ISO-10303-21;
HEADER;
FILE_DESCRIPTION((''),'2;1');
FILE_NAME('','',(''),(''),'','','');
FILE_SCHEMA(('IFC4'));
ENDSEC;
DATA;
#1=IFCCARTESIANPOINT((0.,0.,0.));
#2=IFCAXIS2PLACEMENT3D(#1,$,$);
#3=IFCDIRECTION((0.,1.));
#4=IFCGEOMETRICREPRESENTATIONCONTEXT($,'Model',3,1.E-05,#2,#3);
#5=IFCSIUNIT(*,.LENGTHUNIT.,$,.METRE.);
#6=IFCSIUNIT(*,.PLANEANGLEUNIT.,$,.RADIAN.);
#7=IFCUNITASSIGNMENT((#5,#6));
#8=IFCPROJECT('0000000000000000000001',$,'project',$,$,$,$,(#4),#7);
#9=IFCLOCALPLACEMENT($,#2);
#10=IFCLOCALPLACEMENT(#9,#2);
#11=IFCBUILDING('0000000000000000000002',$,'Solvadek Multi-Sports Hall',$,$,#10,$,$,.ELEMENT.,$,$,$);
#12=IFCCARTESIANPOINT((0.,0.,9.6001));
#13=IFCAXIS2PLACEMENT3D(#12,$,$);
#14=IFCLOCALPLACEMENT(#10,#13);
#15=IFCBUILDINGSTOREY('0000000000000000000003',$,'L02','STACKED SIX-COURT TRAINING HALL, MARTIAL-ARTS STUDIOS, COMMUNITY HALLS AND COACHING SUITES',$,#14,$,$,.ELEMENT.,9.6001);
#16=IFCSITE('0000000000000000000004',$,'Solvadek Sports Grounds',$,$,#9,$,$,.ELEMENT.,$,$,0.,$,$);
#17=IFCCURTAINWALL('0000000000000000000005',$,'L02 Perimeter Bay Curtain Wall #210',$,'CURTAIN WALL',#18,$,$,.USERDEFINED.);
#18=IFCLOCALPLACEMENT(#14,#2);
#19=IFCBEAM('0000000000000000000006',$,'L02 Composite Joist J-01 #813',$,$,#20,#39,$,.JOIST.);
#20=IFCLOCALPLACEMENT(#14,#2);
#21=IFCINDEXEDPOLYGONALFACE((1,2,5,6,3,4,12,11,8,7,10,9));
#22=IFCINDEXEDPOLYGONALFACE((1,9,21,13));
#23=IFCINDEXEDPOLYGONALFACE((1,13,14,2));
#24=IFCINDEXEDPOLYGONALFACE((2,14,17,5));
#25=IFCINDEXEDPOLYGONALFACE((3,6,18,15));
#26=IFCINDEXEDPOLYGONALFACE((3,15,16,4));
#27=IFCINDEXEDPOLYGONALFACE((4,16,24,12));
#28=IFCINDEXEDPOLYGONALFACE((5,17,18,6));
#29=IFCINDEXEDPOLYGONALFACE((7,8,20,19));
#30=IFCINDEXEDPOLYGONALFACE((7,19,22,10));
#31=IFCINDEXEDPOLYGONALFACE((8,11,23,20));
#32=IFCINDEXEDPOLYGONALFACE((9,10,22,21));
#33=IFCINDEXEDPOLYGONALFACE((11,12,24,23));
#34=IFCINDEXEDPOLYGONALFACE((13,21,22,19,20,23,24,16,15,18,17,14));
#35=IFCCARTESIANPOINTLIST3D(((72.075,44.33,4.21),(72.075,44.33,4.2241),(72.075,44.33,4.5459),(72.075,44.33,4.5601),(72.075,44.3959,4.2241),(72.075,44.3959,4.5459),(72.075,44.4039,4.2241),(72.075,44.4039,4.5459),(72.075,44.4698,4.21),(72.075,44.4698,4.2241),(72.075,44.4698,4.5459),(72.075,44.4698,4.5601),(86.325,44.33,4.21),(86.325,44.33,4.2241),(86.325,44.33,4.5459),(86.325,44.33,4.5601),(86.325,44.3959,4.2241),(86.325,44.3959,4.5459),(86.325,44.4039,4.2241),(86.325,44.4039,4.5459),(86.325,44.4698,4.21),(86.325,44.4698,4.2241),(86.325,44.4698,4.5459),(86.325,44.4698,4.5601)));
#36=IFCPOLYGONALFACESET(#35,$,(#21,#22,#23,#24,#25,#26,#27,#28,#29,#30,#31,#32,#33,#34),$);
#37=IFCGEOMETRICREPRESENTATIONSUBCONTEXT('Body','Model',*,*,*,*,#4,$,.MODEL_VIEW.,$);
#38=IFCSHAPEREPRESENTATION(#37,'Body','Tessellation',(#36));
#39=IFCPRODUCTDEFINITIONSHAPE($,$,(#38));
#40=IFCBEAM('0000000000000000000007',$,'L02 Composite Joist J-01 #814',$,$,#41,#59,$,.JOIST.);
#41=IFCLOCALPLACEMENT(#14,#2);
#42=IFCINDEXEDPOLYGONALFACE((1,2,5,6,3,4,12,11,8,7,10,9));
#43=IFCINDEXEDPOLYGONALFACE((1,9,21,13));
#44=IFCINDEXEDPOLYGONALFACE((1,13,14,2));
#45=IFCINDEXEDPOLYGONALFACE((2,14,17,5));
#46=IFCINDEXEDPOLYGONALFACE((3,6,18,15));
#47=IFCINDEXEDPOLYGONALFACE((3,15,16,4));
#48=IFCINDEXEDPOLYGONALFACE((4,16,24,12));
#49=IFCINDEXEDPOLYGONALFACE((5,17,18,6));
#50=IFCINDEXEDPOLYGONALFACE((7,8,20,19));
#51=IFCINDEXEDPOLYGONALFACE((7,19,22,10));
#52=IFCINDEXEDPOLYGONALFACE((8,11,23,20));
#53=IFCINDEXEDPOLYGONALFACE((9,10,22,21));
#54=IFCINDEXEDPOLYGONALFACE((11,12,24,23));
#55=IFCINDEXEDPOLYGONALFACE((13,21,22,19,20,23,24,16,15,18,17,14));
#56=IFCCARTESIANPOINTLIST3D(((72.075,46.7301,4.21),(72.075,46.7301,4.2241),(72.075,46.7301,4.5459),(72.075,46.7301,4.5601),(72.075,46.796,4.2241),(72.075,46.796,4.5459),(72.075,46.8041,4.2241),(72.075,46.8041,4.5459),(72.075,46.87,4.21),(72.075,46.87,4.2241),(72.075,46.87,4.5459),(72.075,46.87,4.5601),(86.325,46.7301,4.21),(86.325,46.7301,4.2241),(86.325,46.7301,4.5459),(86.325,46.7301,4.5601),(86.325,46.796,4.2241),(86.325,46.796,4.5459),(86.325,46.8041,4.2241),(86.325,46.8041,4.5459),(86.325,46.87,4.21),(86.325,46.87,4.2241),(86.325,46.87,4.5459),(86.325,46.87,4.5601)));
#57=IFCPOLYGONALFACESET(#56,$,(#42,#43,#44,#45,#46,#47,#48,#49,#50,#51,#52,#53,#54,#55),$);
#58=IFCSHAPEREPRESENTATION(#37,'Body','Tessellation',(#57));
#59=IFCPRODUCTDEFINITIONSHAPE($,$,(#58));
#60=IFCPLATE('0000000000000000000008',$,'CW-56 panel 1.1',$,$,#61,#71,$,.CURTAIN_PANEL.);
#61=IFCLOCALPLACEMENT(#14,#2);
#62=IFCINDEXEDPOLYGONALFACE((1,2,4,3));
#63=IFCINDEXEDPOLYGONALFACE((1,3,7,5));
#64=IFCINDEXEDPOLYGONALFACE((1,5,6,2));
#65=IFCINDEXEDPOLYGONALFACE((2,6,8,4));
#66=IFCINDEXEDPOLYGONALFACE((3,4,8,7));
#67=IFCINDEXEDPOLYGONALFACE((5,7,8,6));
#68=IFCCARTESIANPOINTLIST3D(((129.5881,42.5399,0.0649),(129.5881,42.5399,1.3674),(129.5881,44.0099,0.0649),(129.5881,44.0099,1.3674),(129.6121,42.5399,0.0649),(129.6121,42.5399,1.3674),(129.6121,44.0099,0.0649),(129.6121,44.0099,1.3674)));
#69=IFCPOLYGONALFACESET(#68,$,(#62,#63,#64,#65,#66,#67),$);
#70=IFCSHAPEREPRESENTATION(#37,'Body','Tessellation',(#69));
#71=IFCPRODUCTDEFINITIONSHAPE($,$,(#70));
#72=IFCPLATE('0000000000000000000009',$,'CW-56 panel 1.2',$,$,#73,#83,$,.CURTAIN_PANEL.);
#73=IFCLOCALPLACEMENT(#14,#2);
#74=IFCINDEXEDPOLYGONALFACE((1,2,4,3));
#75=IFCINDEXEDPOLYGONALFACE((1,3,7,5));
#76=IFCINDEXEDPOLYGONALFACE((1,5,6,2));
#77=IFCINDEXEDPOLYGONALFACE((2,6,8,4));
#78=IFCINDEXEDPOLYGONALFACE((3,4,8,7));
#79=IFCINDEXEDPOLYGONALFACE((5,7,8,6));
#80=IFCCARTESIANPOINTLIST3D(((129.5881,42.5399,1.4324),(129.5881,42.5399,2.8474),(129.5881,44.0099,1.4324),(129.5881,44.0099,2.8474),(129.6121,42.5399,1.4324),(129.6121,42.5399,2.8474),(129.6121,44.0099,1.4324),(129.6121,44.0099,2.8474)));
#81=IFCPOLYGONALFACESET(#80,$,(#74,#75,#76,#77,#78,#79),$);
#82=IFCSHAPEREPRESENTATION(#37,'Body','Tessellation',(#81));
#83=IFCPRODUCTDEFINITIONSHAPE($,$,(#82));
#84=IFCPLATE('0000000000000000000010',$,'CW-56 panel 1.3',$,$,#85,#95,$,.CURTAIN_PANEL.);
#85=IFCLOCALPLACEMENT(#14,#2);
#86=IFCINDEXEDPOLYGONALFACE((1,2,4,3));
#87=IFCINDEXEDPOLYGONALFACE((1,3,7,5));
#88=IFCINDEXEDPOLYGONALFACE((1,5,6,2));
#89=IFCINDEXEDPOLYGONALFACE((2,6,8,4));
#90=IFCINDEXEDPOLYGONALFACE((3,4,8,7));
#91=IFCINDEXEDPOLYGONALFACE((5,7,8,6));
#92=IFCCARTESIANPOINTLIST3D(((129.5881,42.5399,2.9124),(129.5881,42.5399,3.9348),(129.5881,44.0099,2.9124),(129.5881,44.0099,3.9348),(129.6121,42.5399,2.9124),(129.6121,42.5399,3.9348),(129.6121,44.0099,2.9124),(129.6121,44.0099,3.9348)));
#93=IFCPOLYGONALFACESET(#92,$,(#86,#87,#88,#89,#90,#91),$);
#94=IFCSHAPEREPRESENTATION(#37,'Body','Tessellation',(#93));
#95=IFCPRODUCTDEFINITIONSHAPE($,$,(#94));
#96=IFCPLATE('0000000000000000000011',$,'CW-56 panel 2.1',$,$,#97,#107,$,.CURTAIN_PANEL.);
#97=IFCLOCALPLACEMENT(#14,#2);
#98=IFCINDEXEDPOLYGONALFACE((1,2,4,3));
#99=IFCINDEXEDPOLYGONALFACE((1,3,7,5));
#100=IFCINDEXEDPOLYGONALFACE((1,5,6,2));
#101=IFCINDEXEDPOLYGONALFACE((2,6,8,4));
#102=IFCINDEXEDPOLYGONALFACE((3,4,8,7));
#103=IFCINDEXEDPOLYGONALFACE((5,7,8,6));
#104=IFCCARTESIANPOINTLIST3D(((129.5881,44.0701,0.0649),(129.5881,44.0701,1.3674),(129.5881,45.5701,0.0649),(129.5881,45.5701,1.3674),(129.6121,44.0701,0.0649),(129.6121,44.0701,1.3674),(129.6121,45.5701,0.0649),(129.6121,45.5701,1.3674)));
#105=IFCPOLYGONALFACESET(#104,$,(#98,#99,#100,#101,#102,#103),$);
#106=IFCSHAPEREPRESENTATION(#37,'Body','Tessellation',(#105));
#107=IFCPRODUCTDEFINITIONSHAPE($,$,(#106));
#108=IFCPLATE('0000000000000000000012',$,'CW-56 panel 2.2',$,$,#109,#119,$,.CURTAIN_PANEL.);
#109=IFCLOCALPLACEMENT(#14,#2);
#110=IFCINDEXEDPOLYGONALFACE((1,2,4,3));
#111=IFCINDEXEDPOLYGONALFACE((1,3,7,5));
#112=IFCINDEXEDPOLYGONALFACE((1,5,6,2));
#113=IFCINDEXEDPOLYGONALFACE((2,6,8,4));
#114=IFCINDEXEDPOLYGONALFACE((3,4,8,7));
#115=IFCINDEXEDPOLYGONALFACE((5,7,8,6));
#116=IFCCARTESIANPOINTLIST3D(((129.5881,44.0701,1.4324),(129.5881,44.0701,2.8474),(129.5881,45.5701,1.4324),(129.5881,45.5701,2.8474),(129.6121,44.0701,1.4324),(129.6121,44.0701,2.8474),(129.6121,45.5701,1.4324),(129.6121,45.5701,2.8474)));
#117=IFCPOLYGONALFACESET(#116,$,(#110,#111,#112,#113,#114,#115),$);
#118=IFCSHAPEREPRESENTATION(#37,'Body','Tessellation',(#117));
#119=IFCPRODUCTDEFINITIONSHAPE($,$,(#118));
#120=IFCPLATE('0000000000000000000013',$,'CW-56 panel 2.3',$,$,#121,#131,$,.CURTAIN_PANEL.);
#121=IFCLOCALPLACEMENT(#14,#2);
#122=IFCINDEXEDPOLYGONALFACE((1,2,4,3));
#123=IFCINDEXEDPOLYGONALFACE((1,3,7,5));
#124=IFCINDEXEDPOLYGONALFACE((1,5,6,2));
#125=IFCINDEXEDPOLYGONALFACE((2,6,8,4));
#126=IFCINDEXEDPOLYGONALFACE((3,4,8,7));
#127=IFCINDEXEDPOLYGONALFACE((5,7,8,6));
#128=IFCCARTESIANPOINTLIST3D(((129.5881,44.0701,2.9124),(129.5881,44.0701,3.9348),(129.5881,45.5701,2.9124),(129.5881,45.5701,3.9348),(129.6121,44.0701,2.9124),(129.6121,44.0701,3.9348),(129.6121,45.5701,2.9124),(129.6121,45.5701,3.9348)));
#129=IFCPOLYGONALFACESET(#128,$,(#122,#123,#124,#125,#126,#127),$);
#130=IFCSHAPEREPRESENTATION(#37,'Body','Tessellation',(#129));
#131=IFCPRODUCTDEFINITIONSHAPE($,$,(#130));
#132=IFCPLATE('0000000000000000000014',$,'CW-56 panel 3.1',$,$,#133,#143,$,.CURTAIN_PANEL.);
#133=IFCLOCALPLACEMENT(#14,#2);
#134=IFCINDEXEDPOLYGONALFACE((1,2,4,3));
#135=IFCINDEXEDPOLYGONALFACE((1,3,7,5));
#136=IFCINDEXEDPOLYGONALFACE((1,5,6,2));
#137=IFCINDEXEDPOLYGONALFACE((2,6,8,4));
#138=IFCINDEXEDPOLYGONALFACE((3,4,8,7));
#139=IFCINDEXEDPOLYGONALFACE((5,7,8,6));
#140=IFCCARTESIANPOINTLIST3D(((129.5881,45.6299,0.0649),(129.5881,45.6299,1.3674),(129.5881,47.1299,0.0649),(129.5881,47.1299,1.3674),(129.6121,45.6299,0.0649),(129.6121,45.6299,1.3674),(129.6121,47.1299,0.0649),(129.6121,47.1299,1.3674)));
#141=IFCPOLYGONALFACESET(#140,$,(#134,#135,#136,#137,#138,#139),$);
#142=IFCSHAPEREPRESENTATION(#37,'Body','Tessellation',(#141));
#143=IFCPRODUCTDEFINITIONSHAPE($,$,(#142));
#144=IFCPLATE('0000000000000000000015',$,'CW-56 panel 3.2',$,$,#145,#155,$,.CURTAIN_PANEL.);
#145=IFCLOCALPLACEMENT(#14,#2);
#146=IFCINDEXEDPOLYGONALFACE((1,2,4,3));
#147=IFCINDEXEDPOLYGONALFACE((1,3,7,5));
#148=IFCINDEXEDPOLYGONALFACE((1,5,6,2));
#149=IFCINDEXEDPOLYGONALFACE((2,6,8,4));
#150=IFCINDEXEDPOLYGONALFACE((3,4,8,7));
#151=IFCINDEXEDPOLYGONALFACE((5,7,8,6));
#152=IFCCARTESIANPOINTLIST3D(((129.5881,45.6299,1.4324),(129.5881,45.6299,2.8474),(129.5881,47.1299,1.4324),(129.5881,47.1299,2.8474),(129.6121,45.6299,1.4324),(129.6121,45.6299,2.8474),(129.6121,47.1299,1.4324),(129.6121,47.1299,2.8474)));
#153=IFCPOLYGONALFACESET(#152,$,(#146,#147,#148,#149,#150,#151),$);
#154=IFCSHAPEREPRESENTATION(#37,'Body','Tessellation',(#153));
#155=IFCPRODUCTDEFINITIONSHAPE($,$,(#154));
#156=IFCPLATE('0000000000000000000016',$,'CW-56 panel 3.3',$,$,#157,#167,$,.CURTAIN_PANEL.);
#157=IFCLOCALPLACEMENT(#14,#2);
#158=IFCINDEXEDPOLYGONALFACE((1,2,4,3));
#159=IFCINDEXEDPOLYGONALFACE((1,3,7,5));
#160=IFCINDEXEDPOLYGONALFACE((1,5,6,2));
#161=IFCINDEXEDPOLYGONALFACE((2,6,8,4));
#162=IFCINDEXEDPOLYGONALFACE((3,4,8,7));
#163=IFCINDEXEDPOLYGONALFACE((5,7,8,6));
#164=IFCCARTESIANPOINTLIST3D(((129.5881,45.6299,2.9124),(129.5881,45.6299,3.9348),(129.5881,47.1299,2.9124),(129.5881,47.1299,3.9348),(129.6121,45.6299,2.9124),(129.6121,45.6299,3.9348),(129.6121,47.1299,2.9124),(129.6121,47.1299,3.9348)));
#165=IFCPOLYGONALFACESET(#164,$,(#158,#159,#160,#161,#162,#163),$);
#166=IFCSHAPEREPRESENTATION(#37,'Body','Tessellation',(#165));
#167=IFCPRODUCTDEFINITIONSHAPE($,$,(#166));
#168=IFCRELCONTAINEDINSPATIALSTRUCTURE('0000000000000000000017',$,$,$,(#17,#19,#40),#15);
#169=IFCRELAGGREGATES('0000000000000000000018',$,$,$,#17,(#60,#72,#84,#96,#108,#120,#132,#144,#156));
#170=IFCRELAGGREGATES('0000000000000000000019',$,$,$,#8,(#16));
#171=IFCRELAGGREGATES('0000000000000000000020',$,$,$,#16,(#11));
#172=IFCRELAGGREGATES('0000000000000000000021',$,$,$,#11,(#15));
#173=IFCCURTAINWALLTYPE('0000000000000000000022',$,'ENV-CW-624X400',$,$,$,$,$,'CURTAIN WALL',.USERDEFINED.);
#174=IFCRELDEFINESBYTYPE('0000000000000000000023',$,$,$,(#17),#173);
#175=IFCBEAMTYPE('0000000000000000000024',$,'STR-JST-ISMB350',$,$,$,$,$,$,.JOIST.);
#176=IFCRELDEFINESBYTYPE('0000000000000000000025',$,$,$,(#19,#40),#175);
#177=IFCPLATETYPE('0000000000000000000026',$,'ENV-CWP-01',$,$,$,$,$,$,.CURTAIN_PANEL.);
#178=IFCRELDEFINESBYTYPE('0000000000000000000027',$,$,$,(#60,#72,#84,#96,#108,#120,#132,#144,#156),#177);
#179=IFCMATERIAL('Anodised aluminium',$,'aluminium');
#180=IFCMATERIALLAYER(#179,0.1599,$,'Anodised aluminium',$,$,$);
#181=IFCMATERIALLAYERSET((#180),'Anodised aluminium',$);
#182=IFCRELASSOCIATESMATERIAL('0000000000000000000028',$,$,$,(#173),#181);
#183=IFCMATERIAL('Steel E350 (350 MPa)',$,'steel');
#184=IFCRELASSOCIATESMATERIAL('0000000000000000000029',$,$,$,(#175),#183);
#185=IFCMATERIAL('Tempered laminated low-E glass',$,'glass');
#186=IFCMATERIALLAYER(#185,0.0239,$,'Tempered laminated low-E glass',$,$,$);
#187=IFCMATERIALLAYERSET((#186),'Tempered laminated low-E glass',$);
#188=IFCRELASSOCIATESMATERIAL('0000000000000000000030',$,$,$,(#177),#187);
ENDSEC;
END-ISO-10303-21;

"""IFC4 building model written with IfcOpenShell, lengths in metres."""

from ifc_helpers import new_model, si_unit, direction, frame, origin, origin_2d, place, context, subcontext, project, spatial, rectangle, i_section, extrude, material, layer, layer_set, material_profile, profile_set, type_object, element, aggregate, save


model = new_model("IFC4")

# Units and contexts
model_context = context("Model", 3, precision=1e-05, world=origin(), true_north=direction((0.0, 1.0)))
body_context = subcontext(model_context, "Body", "Model", "MODEL_VIEW")
ifc_project = project(units=[si_unit("LENGTHUNIT", "METRE"), si_unit("PLANEANGLEUNIT", "RADIAN")], contexts=[model_context])

# Site, building, storey
site_placement = place(None, origin())
site = spatial("IfcSite", under=ifc_project, at=site_placement, Name="Solvadek Sports Grounds", CompositionType="ELEMENT", RefElevation=0.0)
building_placement = place(site_placement, origin())
building = spatial("IfcBuilding", under=site, at=building_placement, Name="Solvadek Multi-Sports Hall", CompositionType="ELEMENT")
storey_placement = place(building_placement, frame((0.0, 0.0, 9.6001)))
storey = spatial("IfcBuildingStorey", under=building, at=storey_placement, Name="L02", Description="STACKED SIX-COURT TRAINING HALL, MARTIAL-ARTS STUDIOS, COMMUNITY HALLS AND COACHING SUITES", CompositionType="ELEMENT", Elevation=9.6001)

# Shared definitions
ifc_material_1 = material(Name="Steel E350 (350 MPa)", Category="steel")

# Curtain wall
ifc_material_2 = material(Name="Anodised aluminium", Category="aluminium")
ifc_layer_1 = layer(ifc_material_2, 0.1599, Name="Anodised aluminium")
ifc_layer_set_1 = layer_set([ifc_layer_1], Name="Anodised aluminium")
curtain_wall_type = type_object("IfcCurtainWallType", Name="ENV-CW-624X400", ElementType="CURTAIN WALL", PredefinedType="USERDEFINED", material=ifc_layer_set_1)
curtain_wall_placement = place(storey_placement, origin())
curtain_wall = element("IfcCurtainWall", 1, at=curtain_wall_placement, inside=storey, type_object=curtain_wall_type, Name="L02 Perimeter Bay Curtain Wall #210", ObjectType="CURTAIN WALL", PredefinedType="USERDEFINED")

# Beams
ifc_material_profile_1 = material_profile(ifc_material_1, i_section(OverallWidth=0.1399, OverallDepth=0.3501, WebThickness=0.0081, FlangeThickness=0.0142, at=origin_2d()), Name="ISMB 350")
ifc_profile_set_1 = profile_set([ifc_material_profile_1], Name="Steel E350 (350 MPa)")
beam_type_1 = type_object("IfcBeamType", Name="STR-JST-ISMB350", PredefinedType="JOIST", material=ifc_profile_set_1)
for number, where, z_axis, x_axis, name in (
    (2, (72.075, 44.3999, 4.385), (1.0, 0.0, 0.0), (0.0, 1.0, 0.0), "L02 Composite Joist J-01 #813"),
    (3, (72.075, 46.8, 4.385), (1.0, 0.0, 0.0), (0.0, 1.0, 0.0), "L02 Composite Joist J-01 #814"),
):
    element("IfcBeam", number, at=place(storey_placement, frame(where, z_axis=z_axis, x_axis=x_axis)), inside=storey, type_object=beam_type_1, Name=name, PredefinedType="JOIST", context=body_context, shape_type="SweptSolid", body=[
        extrude(i_section(OverallWidth=0.1399, OverallDepth=0.3501, WebThickness=0.0081, FlangeThickness=0.0142, at=origin_2d()), origin(), (0.0, 0.0, 1.0), 14.25),
    ])

# Plates
ifc_material_3 = material(Name="Tempered laminated low-E glass", Category="glass")
ifc_layer_2 = layer(ifc_material_3, 0.0239, Name="Tempered laminated low-E glass")
ifc_layer_set_2 = layer_set([ifc_layer_2], Name="Tempered laminated low-E glass")
plate_type = type_object("IfcPlateType", Name="ENV-CWP-01", PredefinedType="CURTAIN_PANEL", material=ifc_layer_set_2)
plate_1_placement = place(storey_placement, frame((129.6001, 43.2749, 0.0649), z_axis=(0.0, 0.0, 1.0), x_axis=(0.0, 1.0, 0.0)))
plate_1 = element("IfcPlate", 4, at=plate_1_placement, type_object=plate_type, Name="CW-56 panel 1.1", PredefinedType="CURTAIN_PANEL", context=body_context, shape_type="SweptSolid", body=[
    extrude(rectangle(XDim=1.47, YDim=0.0239, at=origin_2d()), origin(), (0.0, 0.0, 1.0), 1.3025),
])
plate_2_placement = place(storey_placement, frame((129.6001, 43.2749, 1.4324), z_axis=(0.0, 0.0, 1.0), x_axis=(0.0, 1.0, 0.0)))
plate_2 = element("IfcPlate", 5, at=plate_2_placement, type_object=plate_type, Name="CW-56 panel 1.2", PredefinedType="CURTAIN_PANEL", context=body_context, shape_type="SweptSolid", body=[
    extrude(rectangle(XDim=1.47, YDim=0.0239, at=origin_2d()), origin(), (0.0, 0.0, 1.0), 1.415),
])
plate_3_placement = place(storey_placement, frame((129.6001, 43.2749, 2.9124), z_axis=(0.0, 0.0, 1.0), x_axis=(0.0, 1.0, 0.0)))
plate_3 = element("IfcPlate", 6, at=plate_3_placement, type_object=plate_type, Name="CW-56 panel 1.3", PredefinedType="CURTAIN_PANEL", context=body_context, shape_type="SweptSolid", body=[
    extrude(rectangle(XDim=1.47, YDim=0.0239, at=origin_2d()), origin(), (0.0, 0.0, 1.0), 1.0225),
])
plate_4_placement = place(storey_placement, frame((129.6001, 44.8201, 0.0649), z_axis=(0.0, 0.0, 1.0), x_axis=(0.0, 1.0, 0.0)))
plate_4 = element("IfcPlate", 7, at=plate_4_placement, type_object=plate_type, Name="CW-56 panel 2.1", PredefinedType="CURTAIN_PANEL", context=body_context, shape_type="SweptSolid", body=[
    extrude(rectangle(XDim=1.5, YDim=0.0239, at=origin_2d()), origin(), (0.0, 0.0, 1.0), 1.3025),
])
plate_5_placement = place(storey_placement, frame((129.6001, 44.8201, 1.4324), z_axis=(0.0, 0.0, 1.0), x_axis=(0.0, 1.0, 0.0)))
plate_5 = element("IfcPlate", 8, at=plate_5_placement, type_object=plate_type, Name="CW-56 panel 2.2", PredefinedType="CURTAIN_PANEL", context=body_context, shape_type="SweptSolid", body=[
    extrude(rectangle(XDim=1.5, YDim=0.0239, at=origin_2d()), origin(), (0.0, 0.0, 1.0), 1.415),
])
plate_6_placement = place(storey_placement, frame((129.6001, 44.8201, 2.9124), z_axis=(0.0, 0.0, 1.0), x_axis=(0.0, 1.0, 0.0)))
plate_6 = element("IfcPlate", 9, at=plate_6_placement, type_object=plate_type, Name="CW-56 panel 2.3", PredefinedType="CURTAIN_PANEL", context=body_context, shape_type="SweptSolid", body=[
    extrude(rectangle(XDim=1.5, YDim=0.0239, at=origin_2d()), origin(), (0.0, 0.0, 1.0), 1.0225),
])
plate_7_placement = place(storey_placement, frame((129.6001, 46.3799, 0.0649), z_axis=(0.0, 0.0, 1.0), x_axis=(0.0, 1.0, 0.0)))
plate_7 = element("IfcPlate", 10, at=plate_7_placement, type_object=plate_type, Name="CW-56 panel 3.1", PredefinedType="CURTAIN_PANEL", context=body_context, shape_type="SweptSolid", body=[
    extrude(rectangle(XDim=1.5, YDim=0.0239, at=origin_2d()), origin(), (0.0, 0.0, 1.0), 1.3025),
])
plate_8_placement = place(storey_placement, frame((129.6001, 46.3799, 1.4324), z_axis=(0.0, 0.0, 1.0), x_axis=(0.0, 1.0, 0.0)))
plate_8 = element("IfcPlate", 11, at=plate_8_placement, type_object=plate_type, Name="CW-56 panel 3.2", PredefinedType="CURTAIN_PANEL", context=body_context, shape_type="SweptSolid", body=[
    extrude(rectangle(XDim=1.5, YDim=0.0239, at=origin_2d()), origin(), (0.0, 0.0, 1.0), 1.415),
])
plate_9_placement = place(storey_placement, frame((129.6001, 46.3799, 2.9124), z_axis=(0.0, 0.0, 1.0), x_axis=(0.0, 1.0, 0.0)))
plate_9 = element("IfcPlate", 12, at=plate_9_placement, type_object=plate_type, Name="CW-56 panel 3.3", PredefinedType="CURTAIN_PANEL", context=body_context, shape_type="SweptSolid", body=[
    extrude(rectangle(XDim=1.5, YDim=0.0239, at=origin_2d()), origin(), (0.0, 0.0, 1.0), 1.0225),
])
aggregate(curtain_wall, [plate_1, plate_2, plate_3, plate_4, plate_5, plate_6, plate_7, plate_8, plate_9])

save(model, "model.ifc")
